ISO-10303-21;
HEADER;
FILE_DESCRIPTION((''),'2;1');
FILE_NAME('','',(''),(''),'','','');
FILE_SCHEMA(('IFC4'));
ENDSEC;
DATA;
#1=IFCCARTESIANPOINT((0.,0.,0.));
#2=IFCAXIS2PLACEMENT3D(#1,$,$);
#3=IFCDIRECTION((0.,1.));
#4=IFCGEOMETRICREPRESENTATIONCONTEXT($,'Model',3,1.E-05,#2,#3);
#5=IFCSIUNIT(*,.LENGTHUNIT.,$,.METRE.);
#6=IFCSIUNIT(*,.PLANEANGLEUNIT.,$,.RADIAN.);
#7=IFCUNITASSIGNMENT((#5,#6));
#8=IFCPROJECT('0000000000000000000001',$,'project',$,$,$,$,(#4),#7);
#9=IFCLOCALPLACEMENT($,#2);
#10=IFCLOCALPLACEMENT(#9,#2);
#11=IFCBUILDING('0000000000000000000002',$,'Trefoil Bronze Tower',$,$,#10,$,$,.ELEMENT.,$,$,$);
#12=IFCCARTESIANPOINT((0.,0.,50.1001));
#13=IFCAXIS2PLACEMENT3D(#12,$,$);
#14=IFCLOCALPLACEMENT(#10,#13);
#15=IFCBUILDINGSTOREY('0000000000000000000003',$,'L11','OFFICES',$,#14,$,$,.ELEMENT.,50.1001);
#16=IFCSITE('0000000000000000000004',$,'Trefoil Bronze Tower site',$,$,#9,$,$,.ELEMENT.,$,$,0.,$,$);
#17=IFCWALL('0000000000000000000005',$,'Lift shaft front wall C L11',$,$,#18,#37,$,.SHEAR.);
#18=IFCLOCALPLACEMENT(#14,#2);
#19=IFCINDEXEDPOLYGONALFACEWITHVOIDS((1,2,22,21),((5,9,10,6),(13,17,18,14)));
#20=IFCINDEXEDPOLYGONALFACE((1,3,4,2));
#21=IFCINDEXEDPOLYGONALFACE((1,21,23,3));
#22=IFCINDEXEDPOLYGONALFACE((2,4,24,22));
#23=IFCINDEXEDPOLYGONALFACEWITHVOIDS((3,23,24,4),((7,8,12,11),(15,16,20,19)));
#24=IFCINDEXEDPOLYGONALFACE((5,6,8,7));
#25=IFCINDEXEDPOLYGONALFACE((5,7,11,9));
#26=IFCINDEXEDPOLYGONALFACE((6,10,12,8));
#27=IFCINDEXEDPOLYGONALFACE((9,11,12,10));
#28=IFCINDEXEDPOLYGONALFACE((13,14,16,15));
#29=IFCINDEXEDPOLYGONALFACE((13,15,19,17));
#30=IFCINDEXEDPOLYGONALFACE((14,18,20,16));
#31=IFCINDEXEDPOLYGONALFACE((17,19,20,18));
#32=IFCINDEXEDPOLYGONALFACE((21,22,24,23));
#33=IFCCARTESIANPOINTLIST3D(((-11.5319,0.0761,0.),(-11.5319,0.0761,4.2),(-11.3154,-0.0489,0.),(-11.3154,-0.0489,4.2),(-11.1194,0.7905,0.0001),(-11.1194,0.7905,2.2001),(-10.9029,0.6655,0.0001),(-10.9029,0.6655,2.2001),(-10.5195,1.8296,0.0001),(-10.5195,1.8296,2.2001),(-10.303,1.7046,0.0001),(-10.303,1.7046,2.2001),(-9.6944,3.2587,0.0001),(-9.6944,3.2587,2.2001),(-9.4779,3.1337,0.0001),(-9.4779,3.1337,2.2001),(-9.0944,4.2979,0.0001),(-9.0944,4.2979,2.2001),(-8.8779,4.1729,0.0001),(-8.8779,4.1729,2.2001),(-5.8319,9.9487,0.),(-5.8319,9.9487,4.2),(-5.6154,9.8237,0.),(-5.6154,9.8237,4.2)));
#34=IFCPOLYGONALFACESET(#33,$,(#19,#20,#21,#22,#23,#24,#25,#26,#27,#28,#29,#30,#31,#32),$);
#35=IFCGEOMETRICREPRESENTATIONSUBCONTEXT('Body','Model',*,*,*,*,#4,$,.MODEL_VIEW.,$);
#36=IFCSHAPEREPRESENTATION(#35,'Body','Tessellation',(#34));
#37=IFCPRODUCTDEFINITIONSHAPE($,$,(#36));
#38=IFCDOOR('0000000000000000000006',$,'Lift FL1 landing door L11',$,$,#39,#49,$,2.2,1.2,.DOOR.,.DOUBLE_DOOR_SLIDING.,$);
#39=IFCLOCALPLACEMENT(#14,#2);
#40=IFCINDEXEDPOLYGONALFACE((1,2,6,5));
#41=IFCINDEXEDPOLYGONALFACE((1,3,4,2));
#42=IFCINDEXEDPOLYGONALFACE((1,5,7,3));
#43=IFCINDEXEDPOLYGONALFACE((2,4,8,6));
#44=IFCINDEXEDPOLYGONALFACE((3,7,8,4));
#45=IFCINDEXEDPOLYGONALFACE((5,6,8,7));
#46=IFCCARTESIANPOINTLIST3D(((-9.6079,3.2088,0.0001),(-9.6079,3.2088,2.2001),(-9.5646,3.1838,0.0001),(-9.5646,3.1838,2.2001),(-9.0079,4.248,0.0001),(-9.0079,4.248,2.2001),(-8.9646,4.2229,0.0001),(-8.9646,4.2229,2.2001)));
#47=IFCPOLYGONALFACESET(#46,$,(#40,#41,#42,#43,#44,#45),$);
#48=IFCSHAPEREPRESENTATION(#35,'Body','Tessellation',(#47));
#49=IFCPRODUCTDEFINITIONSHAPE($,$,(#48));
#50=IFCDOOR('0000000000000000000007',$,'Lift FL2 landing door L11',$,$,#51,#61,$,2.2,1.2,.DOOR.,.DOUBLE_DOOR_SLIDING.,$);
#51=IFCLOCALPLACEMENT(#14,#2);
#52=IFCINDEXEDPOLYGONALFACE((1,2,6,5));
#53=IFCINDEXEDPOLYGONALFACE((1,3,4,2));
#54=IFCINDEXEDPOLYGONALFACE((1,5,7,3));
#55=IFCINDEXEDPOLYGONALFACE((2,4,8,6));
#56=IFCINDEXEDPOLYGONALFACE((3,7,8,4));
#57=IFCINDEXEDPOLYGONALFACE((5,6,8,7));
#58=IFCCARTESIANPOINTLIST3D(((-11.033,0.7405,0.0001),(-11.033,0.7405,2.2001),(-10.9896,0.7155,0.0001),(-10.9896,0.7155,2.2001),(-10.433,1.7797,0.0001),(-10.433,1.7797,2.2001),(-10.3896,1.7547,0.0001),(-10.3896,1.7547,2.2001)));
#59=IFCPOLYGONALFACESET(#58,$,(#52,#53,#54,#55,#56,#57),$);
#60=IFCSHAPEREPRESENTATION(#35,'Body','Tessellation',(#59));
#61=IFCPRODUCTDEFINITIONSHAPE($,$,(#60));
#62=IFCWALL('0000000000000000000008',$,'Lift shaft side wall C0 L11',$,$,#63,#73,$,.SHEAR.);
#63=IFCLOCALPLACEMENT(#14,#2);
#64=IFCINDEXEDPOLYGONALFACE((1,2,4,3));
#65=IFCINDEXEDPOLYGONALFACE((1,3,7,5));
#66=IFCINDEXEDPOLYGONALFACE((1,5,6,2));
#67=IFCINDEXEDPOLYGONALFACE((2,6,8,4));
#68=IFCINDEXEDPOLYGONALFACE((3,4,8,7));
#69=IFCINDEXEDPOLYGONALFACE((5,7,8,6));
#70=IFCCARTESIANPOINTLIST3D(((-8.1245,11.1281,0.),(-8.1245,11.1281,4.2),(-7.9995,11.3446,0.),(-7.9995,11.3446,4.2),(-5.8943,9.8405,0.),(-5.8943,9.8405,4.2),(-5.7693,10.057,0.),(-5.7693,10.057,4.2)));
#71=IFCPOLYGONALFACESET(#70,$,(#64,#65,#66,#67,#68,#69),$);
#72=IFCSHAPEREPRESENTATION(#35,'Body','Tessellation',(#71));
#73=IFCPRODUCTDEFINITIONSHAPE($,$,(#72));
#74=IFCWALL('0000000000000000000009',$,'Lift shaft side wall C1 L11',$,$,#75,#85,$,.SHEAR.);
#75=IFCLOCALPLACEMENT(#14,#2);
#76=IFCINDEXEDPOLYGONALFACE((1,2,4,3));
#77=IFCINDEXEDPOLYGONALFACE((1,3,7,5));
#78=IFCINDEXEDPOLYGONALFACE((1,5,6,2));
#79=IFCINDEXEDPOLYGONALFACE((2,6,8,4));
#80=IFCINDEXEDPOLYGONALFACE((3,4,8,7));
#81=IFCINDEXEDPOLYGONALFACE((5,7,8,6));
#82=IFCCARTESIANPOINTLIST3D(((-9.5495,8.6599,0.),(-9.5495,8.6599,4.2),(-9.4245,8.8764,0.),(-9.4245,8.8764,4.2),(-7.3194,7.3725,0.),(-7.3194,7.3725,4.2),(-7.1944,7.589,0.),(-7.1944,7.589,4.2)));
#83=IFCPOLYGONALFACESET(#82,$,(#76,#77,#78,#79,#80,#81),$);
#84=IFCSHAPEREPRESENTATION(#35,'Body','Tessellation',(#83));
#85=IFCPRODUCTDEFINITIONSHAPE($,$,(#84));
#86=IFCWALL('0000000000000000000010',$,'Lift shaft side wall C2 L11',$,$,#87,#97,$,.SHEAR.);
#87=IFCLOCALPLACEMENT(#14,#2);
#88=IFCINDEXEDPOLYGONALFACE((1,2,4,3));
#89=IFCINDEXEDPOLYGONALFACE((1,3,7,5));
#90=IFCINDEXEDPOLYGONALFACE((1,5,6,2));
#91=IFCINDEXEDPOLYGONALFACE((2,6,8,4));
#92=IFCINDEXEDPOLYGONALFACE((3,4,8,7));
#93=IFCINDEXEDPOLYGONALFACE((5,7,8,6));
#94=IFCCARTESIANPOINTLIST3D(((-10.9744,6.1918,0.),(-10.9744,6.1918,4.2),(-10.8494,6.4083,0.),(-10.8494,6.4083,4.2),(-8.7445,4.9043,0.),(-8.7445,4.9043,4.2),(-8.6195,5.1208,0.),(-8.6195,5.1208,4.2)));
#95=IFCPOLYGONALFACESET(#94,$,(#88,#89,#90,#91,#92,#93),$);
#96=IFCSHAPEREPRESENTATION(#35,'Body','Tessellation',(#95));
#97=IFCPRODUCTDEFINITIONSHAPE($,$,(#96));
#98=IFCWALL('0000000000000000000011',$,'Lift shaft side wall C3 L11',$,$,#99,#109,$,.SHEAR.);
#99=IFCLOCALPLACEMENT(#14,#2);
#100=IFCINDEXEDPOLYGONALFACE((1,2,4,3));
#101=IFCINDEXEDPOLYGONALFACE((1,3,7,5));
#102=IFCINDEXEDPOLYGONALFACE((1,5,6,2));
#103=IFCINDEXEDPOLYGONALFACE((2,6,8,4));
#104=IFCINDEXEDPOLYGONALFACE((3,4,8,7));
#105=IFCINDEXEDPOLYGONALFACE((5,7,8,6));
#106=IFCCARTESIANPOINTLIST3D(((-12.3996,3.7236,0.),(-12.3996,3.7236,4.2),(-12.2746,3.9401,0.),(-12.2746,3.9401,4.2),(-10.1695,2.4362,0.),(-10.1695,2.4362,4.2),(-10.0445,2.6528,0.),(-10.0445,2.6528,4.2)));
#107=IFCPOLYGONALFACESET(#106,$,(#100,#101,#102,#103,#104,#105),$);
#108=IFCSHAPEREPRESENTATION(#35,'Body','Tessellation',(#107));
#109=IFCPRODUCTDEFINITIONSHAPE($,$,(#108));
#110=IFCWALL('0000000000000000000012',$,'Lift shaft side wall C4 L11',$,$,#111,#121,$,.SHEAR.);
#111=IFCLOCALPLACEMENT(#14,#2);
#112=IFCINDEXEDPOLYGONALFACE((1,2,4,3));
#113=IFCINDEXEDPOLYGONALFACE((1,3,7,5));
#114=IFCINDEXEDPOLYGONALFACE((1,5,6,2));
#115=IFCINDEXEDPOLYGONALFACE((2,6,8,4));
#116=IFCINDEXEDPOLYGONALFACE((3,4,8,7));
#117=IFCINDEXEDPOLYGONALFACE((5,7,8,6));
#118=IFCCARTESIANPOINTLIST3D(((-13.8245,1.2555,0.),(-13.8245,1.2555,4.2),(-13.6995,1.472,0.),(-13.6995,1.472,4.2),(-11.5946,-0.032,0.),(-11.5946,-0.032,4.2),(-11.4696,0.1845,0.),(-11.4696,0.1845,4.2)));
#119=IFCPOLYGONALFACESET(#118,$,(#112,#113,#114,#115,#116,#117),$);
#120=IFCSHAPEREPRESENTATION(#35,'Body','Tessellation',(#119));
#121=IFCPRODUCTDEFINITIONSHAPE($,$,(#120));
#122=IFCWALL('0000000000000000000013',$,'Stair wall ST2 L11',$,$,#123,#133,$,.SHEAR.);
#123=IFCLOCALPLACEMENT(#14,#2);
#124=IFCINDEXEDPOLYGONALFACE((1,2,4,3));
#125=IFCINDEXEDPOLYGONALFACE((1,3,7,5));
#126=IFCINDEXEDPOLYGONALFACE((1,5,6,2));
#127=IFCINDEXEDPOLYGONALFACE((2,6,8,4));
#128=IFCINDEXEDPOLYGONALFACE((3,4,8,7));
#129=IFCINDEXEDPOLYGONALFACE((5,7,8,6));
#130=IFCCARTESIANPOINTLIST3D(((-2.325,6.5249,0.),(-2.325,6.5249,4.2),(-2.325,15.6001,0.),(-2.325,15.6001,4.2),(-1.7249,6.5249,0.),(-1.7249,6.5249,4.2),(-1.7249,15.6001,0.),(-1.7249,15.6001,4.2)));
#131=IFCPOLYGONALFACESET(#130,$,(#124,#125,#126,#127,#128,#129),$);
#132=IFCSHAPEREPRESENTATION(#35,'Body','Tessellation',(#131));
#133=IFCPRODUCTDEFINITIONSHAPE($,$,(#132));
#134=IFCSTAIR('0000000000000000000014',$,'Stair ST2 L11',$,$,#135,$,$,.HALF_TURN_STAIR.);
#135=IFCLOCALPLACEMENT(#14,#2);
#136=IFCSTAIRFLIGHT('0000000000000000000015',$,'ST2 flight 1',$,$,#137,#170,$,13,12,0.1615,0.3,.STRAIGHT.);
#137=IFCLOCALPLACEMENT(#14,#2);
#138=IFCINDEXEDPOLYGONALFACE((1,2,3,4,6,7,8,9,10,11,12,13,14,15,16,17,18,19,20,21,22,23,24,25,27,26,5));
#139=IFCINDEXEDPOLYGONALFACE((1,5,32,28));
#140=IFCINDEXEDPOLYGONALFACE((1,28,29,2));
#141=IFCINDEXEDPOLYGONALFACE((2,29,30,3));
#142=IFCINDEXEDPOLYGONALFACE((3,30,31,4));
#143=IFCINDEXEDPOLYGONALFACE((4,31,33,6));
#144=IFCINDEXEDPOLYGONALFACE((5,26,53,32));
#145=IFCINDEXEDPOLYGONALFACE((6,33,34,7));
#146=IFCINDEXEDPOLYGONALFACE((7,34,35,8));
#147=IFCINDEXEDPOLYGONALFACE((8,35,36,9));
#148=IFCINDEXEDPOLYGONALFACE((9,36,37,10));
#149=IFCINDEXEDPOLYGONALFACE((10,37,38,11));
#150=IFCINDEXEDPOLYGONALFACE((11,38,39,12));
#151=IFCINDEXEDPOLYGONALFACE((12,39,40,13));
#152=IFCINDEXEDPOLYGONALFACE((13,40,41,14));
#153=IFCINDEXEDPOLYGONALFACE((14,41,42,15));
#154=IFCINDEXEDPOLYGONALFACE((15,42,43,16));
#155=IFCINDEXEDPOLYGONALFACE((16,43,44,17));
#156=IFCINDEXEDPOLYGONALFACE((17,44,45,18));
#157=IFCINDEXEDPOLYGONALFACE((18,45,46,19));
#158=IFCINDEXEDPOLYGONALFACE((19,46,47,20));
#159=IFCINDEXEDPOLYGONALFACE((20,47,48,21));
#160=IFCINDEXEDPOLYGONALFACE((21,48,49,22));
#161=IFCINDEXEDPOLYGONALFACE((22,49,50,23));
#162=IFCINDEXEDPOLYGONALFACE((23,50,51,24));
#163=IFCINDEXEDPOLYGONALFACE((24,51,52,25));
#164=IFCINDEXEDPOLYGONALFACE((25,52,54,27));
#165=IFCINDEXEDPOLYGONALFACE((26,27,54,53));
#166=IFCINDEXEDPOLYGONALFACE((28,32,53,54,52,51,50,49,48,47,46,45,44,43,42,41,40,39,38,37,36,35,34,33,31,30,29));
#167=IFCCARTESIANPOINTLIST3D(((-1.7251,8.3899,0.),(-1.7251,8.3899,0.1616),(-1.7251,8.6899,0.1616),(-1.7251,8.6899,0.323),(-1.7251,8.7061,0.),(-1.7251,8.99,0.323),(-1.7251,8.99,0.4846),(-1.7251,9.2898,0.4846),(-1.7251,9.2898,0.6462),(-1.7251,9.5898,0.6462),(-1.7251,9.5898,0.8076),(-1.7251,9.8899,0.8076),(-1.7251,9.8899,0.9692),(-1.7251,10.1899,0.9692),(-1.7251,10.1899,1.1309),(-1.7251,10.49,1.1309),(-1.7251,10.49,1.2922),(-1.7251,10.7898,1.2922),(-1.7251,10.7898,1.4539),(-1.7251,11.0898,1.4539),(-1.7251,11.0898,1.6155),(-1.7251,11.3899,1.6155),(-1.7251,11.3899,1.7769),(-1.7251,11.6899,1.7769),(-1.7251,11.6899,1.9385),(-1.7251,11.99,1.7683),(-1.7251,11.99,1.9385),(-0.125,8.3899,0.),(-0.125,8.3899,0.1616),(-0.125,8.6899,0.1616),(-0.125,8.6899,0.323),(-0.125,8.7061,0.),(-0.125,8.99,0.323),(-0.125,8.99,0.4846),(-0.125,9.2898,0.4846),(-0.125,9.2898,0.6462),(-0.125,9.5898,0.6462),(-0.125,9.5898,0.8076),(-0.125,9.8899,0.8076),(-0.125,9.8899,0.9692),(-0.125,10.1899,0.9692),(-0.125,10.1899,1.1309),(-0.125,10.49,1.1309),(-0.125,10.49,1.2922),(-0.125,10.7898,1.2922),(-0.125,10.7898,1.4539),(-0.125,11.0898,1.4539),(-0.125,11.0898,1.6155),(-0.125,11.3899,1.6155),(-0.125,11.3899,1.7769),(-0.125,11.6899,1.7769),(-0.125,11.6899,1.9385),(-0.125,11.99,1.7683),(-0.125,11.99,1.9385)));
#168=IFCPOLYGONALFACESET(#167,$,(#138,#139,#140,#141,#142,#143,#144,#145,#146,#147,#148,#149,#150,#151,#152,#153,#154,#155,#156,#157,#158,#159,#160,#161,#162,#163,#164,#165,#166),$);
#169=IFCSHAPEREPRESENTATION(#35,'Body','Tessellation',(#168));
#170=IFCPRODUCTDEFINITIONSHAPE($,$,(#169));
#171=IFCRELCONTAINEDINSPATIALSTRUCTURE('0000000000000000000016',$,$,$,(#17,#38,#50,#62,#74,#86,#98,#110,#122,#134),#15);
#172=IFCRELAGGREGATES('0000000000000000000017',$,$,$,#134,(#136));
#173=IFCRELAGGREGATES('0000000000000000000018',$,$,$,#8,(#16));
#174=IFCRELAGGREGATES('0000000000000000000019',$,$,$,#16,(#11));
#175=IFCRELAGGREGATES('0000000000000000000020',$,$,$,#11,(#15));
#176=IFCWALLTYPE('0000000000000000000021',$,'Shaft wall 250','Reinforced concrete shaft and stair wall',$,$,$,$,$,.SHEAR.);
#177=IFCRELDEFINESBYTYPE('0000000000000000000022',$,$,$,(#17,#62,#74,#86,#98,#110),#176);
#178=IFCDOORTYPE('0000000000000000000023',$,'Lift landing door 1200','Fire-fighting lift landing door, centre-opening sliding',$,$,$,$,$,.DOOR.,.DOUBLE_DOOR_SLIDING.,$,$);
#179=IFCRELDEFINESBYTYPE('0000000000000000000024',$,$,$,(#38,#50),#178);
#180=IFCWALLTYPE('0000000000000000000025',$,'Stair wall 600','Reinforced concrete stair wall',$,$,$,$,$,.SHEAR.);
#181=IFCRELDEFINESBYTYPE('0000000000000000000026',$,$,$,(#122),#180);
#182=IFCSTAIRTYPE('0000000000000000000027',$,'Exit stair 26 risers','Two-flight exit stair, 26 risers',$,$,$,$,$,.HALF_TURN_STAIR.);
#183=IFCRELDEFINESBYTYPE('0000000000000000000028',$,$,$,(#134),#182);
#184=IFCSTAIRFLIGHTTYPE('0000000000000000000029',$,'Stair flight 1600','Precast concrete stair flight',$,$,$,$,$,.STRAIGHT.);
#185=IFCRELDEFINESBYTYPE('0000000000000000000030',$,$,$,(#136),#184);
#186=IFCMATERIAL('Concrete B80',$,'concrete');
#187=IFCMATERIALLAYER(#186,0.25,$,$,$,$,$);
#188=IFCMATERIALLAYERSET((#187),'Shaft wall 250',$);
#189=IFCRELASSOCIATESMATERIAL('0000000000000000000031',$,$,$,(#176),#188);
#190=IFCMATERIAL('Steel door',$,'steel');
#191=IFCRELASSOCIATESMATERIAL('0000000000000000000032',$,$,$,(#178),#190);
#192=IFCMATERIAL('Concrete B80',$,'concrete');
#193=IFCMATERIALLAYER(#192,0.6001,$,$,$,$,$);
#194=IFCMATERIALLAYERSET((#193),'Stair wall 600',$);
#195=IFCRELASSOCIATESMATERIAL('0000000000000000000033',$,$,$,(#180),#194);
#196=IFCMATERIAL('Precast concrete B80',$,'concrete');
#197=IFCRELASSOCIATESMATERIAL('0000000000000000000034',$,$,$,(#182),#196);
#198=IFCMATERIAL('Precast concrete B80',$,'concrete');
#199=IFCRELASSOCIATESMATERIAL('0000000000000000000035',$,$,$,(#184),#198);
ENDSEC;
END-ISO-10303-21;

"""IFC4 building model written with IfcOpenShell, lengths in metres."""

from ifc_helpers import new_model, si_unit, direction, frame, frame_2d, origin, place, context, subcontext, project, spatial, polyline, rectangle, outline, extrude, material, layer, layer_set, type_object, element, fill, aggregate, save


model = new_model("IFC4")

# Units and contexts
model_context = context("Model", 3, precision=1e-05, world=origin(), true_north=direction((0.0, 1.0)))
body_context = subcontext(model_context, "Body", "Model", "MODEL_VIEW")
ifc_project = project(units=[si_unit("LENGTHUNIT", "METRE"), si_unit("PLANEANGLEUNIT", "RADIAN")], contexts=[model_context])

# Site, building, storey
site_placement = place(None, origin())
site = spatial("IfcSite", under=ifc_project, at=site_placement, Name="Trefoil Bronze Tower site", CompositionType="ELEMENT", RefElevation=0.0)
building_placement = place(site_placement, origin())
building = spatial("IfcBuilding", under=site, at=building_placement, Name="Trefoil Bronze Tower", CompositionType="ELEMENT")
storey_placement = place(building_placement, frame((0.0, 0.0, 50.1001)))
storey = spatial("IfcBuildingStorey", under=building, at=storey_placement, Name="L11", Description="OFFICES", CompositionType="ELEMENT", Elevation=50.1001)

# Wall, openings, doors
ifc_material_1 = material(Name="Concrete B80", Category="concrete")
ifc_layer_1 = layer(ifc_material_1, 0.25)
ifc_layer_set_1 = layer_set([ifc_layer_1], Name="Shaft wall 250")
wall_type_1 = type_object("IfcWallType", Name="Shaft wall 250", Description="Reinforced concrete shaft and stair wall", PredefinedType="SHEAR", material=ifc_layer_set_1)
wall_1_placement = place(storey_placement, frame((-5.7236, 9.8862, 0.0), z_axis=(0.0, 0.0, 1.0), x_axis=(-0.500002, -0.866024, 0.0)))
wall_1 = element("IfcWall", 1, at=wall_1_placement, inside=storey, type_object=wall_type_1, Name="Lift shaft front wall C L11", PredefinedType="SHEAR", context=body_context, shape_type="SweptSolid", body=[
    extrude(rectangle(XDim=11.3999, YDim=0.25, at=frame_2d((5.7, 0.0))), origin(), (0.0, 0.0, 1.0), 4.2),
])
opening_1_placement = place(wall_1_placement, frame((6.5249, 0.0, 0.0)))
opening_1 = element("IfcOpeningElement", 2, at=opening_1_placement, cuts=wall_1, PredefinedType="OPENING", context=body_context, shape_type="SweptSolid", body=[
    extrude(rectangle(XDim=1.2, YDim=2.2, at=frame_2d((0.6001, 1.1001))), frame((0.0, 0.135, 0.0), z_axis=(0.0, -1.0, 0.0), x_axis=(1.0, 0.0, 0.0)), (0.0, 0.0, 1.0), 0.27),
])
opening_2_placement = place(wall_1_placement, frame((9.375, 0.0, 0.0)))
opening_2 = element("IfcOpeningElement", 3, at=opening_2_placement, cuts=wall_1, PredefinedType="OPENING", context=body_context, shape_type="SweptSolid", body=[
    extrude(rectangle(XDim=1.2, YDim=2.2, at=frame_2d((0.6001, 1.1001))), frame((0.0, 0.135, 0.0), z_axis=(0.0, -1.0, 0.0), x_axis=(1.0, 0.0, 0.0)), (0.0, 0.0, 1.0), 0.27),
])
ifc_material_2 = material(Name="Steel door", Category="steel")
door_type_1 = type_object("IfcDoorType", Name="Lift landing door 1200", Description="Fire-fighting lift landing door, centre-opening sliding", OperationType="DOUBLE_DOOR_SLIDING", PredefinedType="DOOR", material=ifc_material_2)
door_1_placement = place(opening_1_placement, origin())
door_1 = element("IfcDoor", 4, at=door_1_placement, inside=storey, type_object=door_type_1, Name="Lift FL1 landing door L11", OperationType="DOUBLE_DOOR_SLIDING", OverallHeight=2.2, OverallWidth=1.2, PredefinedType="DOOR", context=body_context, shape_type="SweptSolid", body=[
    extrude(rectangle(XDim=1.2, YDim=2.2, at=frame_2d((0.6001, 1.1001))), frame((0.0, 0.0249, 0.0), z_axis=(0.0, -1.0, 0.0), x_axis=(1.0, 0.0, 0.0)), (0.0, 0.0, 1.0), 0.05),
])
fill(opening_1, door_1)
door_2_placement = place(opening_2_placement, origin())
door_2 = element("IfcDoor", 5, at=door_2_placement, inside=storey, type_object=door_type_1, Name="Lift FL2 landing door L11", OperationType="DOUBLE_DOOR_SLIDING", OverallHeight=2.2, OverallWidth=1.2, PredefinedType="DOOR", context=body_context, shape_type="SweptSolid", body=[
    extrude(rectangle(XDim=1.2, YDim=2.2, at=frame_2d((0.6001, 1.1001))), frame((0.0, 0.0249, 0.0), z_axis=(0.0, -1.0, 0.0), x_axis=(1.0, 0.0, 0.0)), (0.0, 0.0, 1.0), 0.05),
])
fill(opening_2, door_2)

# Walls
wall_2_placement = place(storey_placement, frame((-5.8318, 9.9487, 0.0), z_axis=(0.0, 0.0, 1.0), x_axis=(-0.866029, 0.499993, 0.0)))
element("IfcWall", 6, at=wall_2_placement, inside=storey, type_object=wall_type_1, Name="Lift shaft side wall C0 L11", PredefinedType="SHEAR", context=body_context, shape_type="SweptSolid", body=[
    extrude(rectangle(XDim=2.5752, YDim=0.25, at=frame_2d((1.2876, 0.0))), origin(), (0.0, 0.0, 1.0), 4.2),
])
for number, where, z_axis, x_axis, name in (
    (7, (-7.2568, 7.4807, 0.0), (0.0, 0.0, 1.0), (-0.866047, 0.499963, 0.0), "Lift shaft side wall C1 L11"),
    (8, (-8.6819, 5.0125, 0.0), (0.0, 0.0, 1.0), (-0.866006, 0.500034, 0.0), "Lift shaft side wall C2 L11"),
    (9, (-10.1069, 2.5444, 0.0), (0.0, 0.0, 1.0), (-0.866047, 0.499963, 0.0), "Lift shaft side wall C3 L11"),
    (10, (-11.532, 0.0762, 0.0), (0.0, 0.0, 1.0), (-0.866006, 0.500034, 0.0), "Lift shaft side wall C4 L11"),
):
    element("IfcWall", number, at=place(storey_placement, frame(where, z_axis=z_axis, x_axis=x_axis)), inside=storey, type_object=wall_type_1, Name=name, PredefinedType="SHEAR", context=body_context, shape_type="SweptSolid", body=[
        extrude(rectangle(XDim=2.575, YDim=0.25, at=frame_2d((1.2876, 0.0))), origin(), (0.0, 0.0, 1.0), 4.2),
    ])
ifc_material_3 = material(Name="Concrete B80", Category="concrete")
ifc_layer_2 = layer(ifc_material_3, 0.6001)
ifc_layer_set_2 = layer_set([ifc_layer_2], Name="Stair wall 600")
wall_type_2 = type_object("IfcWallType", Name="Stair wall 600", Description="Reinforced concrete stair wall", PredefinedType="SHEAR", material=ifc_layer_set_2)
wall_3_placement = place(storey_placement, frame((-2.0249, 6.5249, 0.0), z_axis=(0.0, 0.0, 1.0), x_axis=(0.0, 1.0, 0.0)))
element("IfcWall", 11, at=wall_3_placement, inside=storey, type_object=wall_type_2, Name="Stair wall ST2 L11", PredefinedType="SHEAR", context=body_context, shape_type="SweptSolid", body=[
    extrude(rectangle(XDim=9.0752, YDim=0.6001, at=frame_2d((4.5376, 0.0))), origin(), (0.0, 0.0, 1.0), 4.2),
])

# Stair, stair flight
ifc_material_4 = material(Name="Precast concrete B80", Category="concrete")
stair_type = type_object("IfcStairType", Name="Exit stair 26 risers", Description="Two-flight exit stair, 26 risers", PredefinedType="HALF_TURN_STAIR", material=ifc_material_4)
stair_placement = place(storey_placement, origin())
stair = element("IfcStair", 12, at=stair_placement, inside=storey, type_object=stair_type, Name="Stair ST2 L11", PredefinedType="HALF_TURN_STAIR")
ifc_material_5 = material(Name="Precast concrete B80", Category="concrete")
stair_flight_type = type_object("IfcStairFlightType", Name="Stair flight 1600", Description="Precast concrete stair flight", PredefinedType="STRAIGHT", material=ifc_material_5)
stair_flight_placement = place(storey_placement, frame((-0.925, 8.3899, 0.0), z_axis=(0.0, 0.0, 1.0), x_axis=(0.0, 1.0, 0.0)))
stair_flight = element("IfcStairFlight", 13, at=stair_flight_placement, type_object=stair_flight_type, Name="ST2 flight 1", NumberOfRisers=13, NumberOfTreads=12, PredefinedType="STRAIGHT", RiserHeight=0.1615, TreadLength=0.3, context=body_context, shape_type="SweptSolid", body=[
    extrude(outline(polyline([(0.0, 0.0), (0.0, 0.1616), (0.3, 0.1616), (0.3, 0.323), (0.6001, 0.323), (0.6001, 0.4846), (0.8999, 0.4846), (0.8999, 0.6462), (1.2, 0.6462), (1.2, 0.8076), (1.5, 0.8076), (1.5, 0.9692), (1.8, 0.9692), (1.8, 1.1309), (2.1001, 1.1309), (2.1001, 1.2922), (2.3999, 1.2922), (2.3999, 1.4539), (2.7, 1.4539), (2.7, 1.6155), (3.0, 1.6155), (3.0, 1.7769), (3.3, 1.7769), (3.3, 1.9385), (3.6001, 1.9385), (3.6001, 2.1001), (3.6001, 1.7683), (0.3162, 0.0), (0.0, 0.0)])), frame((0.0, 0.8, 0.0), z_axis=(0.0, -1.0, 0.0), x_axis=(1.0, 0.0, 0.0)), (0.0, 0.0, 1.0), 1.6001),
])
aggregate(stair, [stair_flight])

save(model, "model.ifc")
